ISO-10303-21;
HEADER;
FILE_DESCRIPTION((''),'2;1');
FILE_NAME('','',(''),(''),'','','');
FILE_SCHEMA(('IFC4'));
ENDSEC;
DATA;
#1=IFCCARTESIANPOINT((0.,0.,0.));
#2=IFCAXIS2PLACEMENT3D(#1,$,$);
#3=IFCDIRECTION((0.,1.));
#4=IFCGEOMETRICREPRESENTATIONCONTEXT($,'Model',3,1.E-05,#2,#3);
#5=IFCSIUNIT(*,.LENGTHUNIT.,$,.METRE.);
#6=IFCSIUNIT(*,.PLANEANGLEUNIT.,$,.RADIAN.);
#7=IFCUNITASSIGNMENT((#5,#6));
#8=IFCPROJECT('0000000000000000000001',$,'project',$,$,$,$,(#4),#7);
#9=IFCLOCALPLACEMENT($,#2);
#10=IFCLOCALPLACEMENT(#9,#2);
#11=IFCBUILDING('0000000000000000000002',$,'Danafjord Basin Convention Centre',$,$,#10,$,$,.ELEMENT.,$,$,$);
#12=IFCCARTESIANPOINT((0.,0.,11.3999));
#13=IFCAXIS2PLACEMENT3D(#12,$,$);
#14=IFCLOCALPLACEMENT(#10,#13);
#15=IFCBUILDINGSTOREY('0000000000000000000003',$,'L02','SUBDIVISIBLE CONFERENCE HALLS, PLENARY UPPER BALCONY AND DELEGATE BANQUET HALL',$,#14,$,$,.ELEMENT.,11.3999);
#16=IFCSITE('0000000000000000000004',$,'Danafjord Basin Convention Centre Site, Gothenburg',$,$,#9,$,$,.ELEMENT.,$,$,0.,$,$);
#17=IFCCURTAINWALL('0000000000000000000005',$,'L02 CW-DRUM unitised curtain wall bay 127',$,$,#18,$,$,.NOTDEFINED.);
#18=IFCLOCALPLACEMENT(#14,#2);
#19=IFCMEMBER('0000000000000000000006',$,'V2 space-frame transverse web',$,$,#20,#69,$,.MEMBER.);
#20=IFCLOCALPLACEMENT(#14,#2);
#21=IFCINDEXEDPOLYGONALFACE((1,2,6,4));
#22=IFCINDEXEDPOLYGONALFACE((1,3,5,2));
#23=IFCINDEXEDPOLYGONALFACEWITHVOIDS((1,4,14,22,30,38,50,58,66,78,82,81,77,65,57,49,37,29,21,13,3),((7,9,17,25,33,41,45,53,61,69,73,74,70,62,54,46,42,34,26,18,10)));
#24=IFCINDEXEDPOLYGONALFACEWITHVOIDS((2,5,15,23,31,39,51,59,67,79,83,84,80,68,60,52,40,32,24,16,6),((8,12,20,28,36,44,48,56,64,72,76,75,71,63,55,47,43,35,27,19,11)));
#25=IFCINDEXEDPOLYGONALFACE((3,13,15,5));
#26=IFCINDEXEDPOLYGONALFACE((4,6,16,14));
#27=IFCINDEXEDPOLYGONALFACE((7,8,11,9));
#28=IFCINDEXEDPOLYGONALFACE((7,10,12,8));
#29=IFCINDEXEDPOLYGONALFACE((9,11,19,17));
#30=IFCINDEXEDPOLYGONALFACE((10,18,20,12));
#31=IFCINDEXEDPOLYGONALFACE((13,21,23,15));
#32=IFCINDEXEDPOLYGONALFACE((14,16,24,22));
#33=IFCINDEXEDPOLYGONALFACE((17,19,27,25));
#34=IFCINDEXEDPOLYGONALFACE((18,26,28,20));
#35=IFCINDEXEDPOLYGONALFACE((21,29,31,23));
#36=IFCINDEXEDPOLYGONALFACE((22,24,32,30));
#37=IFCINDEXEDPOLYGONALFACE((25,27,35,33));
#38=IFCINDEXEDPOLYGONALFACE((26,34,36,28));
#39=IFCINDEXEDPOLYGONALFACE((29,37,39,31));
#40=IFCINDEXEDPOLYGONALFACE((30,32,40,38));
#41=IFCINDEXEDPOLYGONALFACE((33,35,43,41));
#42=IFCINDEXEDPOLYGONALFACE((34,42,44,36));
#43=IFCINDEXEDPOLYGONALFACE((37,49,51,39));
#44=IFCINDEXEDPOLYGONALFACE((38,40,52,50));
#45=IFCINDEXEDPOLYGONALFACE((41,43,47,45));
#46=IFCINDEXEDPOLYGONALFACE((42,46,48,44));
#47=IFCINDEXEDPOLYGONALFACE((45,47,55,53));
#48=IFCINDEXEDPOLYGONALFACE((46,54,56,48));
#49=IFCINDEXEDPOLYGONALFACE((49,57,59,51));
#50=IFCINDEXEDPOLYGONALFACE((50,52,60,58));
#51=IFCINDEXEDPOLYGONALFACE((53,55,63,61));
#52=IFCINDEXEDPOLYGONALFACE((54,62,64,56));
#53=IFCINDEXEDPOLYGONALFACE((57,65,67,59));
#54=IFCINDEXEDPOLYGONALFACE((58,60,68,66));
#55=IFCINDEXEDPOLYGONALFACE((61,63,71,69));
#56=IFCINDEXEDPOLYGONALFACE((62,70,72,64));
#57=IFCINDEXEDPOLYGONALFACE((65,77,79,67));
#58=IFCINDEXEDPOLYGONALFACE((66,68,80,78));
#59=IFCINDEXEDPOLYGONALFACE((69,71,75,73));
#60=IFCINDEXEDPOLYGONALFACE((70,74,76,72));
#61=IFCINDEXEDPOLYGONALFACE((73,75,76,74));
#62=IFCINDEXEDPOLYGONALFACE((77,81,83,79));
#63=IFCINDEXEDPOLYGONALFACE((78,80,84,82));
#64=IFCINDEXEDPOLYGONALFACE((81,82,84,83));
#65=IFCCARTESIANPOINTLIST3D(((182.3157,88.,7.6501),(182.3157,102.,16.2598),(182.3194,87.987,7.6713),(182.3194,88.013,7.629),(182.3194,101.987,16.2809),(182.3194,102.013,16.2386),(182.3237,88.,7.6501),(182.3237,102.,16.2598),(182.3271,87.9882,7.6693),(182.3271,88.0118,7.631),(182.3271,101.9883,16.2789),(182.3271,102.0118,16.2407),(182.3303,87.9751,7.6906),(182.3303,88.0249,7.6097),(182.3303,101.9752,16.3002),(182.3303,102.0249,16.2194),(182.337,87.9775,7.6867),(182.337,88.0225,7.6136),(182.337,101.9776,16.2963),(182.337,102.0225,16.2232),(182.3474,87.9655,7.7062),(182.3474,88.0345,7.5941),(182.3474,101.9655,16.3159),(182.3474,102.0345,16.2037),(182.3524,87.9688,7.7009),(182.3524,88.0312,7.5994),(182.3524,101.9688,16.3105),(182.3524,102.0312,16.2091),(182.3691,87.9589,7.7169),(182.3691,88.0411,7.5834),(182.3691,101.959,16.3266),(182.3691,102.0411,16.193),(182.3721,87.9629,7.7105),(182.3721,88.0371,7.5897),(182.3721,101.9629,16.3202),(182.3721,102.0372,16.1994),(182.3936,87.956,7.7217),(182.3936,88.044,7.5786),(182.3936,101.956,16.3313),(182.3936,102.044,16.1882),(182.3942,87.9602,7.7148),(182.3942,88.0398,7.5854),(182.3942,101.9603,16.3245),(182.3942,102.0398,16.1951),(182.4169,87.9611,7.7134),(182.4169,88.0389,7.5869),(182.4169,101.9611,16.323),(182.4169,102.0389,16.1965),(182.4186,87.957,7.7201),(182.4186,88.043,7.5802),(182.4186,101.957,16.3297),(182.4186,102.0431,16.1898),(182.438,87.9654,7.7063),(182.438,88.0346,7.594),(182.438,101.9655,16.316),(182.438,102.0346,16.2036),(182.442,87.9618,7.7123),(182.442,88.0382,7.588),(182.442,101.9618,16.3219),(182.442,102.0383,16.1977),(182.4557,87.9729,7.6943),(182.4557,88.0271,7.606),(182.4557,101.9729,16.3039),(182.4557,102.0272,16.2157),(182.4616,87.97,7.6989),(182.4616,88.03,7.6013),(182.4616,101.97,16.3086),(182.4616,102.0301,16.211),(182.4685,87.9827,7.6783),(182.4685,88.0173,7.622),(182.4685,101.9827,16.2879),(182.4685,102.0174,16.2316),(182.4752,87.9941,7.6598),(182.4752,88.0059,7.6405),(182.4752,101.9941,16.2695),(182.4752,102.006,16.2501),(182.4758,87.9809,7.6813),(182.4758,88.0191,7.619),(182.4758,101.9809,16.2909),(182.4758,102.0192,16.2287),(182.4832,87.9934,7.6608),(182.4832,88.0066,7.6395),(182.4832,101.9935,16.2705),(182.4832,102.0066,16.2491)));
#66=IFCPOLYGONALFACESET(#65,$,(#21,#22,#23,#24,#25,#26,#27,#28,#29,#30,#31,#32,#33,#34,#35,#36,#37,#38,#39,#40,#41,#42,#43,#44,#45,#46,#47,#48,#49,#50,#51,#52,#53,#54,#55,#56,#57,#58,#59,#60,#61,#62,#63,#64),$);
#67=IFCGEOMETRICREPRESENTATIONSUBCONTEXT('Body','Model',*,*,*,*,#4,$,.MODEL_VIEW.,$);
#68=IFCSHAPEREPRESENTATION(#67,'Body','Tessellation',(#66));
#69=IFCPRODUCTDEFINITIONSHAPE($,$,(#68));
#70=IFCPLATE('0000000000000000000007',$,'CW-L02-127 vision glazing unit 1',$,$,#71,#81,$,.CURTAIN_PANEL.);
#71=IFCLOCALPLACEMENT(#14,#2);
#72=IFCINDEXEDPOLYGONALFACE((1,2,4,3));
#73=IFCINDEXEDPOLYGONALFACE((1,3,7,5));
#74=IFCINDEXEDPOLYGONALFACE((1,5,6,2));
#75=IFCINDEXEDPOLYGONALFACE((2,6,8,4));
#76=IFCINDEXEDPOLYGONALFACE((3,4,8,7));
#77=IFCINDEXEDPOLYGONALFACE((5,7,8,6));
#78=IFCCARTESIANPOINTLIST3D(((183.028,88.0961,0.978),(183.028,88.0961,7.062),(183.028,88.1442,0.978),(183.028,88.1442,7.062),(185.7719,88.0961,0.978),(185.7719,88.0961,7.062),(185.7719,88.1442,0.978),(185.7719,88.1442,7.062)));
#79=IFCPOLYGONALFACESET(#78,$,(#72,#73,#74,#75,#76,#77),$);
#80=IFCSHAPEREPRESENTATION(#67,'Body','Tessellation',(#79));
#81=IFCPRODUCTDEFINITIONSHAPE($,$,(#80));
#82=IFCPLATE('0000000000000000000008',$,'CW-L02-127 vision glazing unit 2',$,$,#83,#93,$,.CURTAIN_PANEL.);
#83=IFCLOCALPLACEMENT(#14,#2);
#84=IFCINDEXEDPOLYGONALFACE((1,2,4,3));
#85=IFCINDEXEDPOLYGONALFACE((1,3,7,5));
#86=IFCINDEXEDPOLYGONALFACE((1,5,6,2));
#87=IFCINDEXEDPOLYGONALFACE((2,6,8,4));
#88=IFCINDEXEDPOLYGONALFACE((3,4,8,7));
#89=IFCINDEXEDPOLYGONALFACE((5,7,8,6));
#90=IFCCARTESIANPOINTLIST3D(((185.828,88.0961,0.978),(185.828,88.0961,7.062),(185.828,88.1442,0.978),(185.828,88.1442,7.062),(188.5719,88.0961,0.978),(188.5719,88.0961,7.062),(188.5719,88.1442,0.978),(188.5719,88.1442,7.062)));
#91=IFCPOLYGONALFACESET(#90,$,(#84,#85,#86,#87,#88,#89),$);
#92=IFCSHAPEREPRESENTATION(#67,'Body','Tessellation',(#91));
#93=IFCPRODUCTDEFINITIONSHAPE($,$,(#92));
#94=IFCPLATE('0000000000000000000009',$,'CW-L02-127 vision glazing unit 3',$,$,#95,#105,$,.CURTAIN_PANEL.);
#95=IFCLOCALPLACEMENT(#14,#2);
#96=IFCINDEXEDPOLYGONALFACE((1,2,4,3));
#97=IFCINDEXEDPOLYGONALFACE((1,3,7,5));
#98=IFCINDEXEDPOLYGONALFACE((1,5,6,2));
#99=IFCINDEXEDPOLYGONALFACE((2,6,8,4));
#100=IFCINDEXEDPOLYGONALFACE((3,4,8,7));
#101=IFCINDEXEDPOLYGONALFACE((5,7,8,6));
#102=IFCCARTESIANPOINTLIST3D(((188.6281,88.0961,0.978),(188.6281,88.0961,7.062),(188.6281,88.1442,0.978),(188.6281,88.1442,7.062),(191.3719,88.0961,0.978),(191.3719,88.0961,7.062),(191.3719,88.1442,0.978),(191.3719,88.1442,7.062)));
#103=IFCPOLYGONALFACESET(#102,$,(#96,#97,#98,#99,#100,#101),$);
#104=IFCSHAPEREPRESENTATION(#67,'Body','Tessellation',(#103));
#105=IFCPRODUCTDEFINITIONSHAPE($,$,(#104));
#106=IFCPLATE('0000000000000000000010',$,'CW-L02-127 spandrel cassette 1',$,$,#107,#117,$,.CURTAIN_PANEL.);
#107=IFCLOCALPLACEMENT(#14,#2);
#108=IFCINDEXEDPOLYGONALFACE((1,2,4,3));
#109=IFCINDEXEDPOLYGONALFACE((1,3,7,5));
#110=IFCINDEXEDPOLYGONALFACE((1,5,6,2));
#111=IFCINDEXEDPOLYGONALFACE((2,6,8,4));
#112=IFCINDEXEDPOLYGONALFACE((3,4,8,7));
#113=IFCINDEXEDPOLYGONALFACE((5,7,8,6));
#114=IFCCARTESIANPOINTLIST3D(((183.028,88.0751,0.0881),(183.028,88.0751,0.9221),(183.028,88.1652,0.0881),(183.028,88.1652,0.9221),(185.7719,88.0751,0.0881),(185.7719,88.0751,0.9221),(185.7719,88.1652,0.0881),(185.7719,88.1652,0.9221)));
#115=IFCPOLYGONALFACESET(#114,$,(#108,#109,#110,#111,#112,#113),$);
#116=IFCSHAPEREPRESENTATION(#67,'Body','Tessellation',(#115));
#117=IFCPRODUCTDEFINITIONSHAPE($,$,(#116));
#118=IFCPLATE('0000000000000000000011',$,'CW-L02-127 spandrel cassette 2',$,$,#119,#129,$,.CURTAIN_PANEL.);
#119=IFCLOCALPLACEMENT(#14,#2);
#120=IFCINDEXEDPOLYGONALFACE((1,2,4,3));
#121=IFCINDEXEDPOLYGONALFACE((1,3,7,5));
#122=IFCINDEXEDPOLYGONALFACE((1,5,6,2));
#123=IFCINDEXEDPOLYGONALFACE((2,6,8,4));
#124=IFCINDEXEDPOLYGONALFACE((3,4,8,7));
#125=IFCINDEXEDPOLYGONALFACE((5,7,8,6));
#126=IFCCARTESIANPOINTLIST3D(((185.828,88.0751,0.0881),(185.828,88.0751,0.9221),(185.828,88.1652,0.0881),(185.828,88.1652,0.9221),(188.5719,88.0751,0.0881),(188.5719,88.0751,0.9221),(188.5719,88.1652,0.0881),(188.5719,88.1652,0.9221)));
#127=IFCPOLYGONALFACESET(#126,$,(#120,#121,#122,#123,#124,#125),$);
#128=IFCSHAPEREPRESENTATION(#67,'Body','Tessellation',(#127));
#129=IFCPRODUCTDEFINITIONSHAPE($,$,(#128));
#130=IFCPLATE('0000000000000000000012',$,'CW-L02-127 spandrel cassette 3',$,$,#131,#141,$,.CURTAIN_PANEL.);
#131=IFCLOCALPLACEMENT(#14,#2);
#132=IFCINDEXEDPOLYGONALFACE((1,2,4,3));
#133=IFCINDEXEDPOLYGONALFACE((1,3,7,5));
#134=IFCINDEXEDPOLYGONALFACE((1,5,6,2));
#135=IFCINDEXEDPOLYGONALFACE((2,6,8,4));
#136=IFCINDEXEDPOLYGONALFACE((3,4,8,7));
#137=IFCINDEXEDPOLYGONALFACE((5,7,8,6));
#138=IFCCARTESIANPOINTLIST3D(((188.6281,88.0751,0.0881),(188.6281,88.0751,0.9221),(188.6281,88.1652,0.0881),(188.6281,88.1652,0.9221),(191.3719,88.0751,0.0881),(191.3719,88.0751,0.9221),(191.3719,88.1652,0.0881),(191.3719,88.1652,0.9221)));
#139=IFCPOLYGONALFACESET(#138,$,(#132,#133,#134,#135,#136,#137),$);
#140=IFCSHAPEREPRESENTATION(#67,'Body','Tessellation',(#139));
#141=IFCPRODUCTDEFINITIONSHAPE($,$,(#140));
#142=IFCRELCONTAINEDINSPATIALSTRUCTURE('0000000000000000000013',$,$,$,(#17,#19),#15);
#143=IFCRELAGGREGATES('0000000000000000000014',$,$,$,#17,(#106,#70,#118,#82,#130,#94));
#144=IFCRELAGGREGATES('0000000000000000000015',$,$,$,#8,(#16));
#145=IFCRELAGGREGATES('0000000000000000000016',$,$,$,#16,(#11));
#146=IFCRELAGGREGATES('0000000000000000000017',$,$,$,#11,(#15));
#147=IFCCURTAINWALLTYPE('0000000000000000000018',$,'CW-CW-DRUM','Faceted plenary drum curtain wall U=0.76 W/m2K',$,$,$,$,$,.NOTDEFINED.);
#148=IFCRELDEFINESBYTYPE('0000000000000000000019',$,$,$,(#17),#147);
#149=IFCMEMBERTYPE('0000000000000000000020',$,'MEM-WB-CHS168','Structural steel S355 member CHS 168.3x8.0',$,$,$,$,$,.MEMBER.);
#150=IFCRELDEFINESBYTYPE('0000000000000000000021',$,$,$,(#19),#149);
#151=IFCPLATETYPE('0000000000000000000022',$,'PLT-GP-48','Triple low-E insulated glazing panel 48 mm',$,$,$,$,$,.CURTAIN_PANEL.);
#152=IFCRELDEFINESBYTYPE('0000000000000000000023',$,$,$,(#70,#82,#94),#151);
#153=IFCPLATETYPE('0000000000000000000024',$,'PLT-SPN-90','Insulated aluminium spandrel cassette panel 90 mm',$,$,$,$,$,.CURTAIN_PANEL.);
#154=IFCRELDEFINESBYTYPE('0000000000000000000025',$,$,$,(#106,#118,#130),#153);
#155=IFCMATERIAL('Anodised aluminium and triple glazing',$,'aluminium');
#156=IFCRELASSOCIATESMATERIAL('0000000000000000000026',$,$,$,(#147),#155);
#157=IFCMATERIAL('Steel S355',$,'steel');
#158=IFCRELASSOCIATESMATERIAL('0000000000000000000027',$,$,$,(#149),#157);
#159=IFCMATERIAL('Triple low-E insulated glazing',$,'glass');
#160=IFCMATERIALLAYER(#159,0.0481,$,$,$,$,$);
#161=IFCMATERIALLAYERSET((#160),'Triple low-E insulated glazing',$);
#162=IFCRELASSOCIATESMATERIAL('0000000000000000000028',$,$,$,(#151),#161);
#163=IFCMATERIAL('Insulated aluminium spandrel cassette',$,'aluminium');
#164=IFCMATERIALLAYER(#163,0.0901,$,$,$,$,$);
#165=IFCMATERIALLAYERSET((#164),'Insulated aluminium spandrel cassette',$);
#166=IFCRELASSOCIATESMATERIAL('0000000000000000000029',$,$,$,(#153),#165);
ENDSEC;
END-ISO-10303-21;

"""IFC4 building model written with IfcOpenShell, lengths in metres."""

from ifc_helpers import new_model, si_unit, direction, frame, origin, origin_2d, place, context, subcontext, project, spatial, rectangle, hollow_circle, extrude, material, layer, layer_set, material_profile, profile_set, type_object, element, aggregate, save


model = new_model("IFC4")

# Units and contexts
model_context = context("Model", 3, precision=1e-05, world=origin(), true_north=direction((0.0, 1.0)))
body_context = subcontext(model_context, "Body", "Model", "MODEL_VIEW")
ifc_project = project(units=[si_unit("LENGTHUNIT", "METRE"), si_unit("PLANEANGLEUNIT", "RADIAN")], contexts=[model_context])

# Site, building, storey
site_placement = place(None, origin())
site = spatial("IfcSite", under=ifc_project, at=site_placement, Name="Danafjord Basin Convention Centre Site, Gothenburg", CompositionType="ELEMENT", RefElevation=0.0)
building_placement = place(site_placement, origin())
building = spatial("IfcBuilding", under=site, at=building_placement, Name="Danafjord Basin Convention Centre", CompositionType="ELEMENT")
storey_placement = place(building_placement, frame((0.0, 0.0, 11.3999)))
storey = spatial("IfcBuildingStorey", under=building, at=storey_placement, Name="L02", Description="SUBDIVISIBLE CONFERENCE HALLS, PLENARY UPPER BALCONY AND DELEGATE BANQUET HALL", CompositionType="ELEMENT", Elevation=11.3999)

# Shared definitions
ifc_material_1 = material(Name="Steel S355", Category="steel")

# Curtain wall
ifc_material_2 = material(Name="Anodised aluminium and triple glazing", Category="aluminium")
curtain_wall_type = type_object("IfcCurtainWallType", Name="CW-CW-DRUM", Description="Faceted plenary drum curtain wall U=0.76 W/m2K", PredefinedType="NOTDEFINED", material=ifc_material_2)
curtain_wall_placement = place(storey_placement, origin())
curtain_wall = element("IfcCurtainWall", 1, at=curtain_wall_placement, inside=storey, type_object=curtain_wall_type, Name="L02 CW-DRUM unitised curtain wall bay 127", PredefinedType="NOTDEFINED")

# Member
ifc_material_profile_1 = material_profile(ifc_material_1, hollow_circle(Radius=0.0842, WallThickness=0.0081, at=origin_2d()), Name="CHS 168.3x8.0")
ifc_profile_set_1 = profile_set([ifc_material_profile_1], Name="Steel S355")
member_type_1 = type_object("IfcMemberType", Name="MEM-WB-CHS168", Description="Structural steel S355 member CHS 168.3x8.0", PredefinedType="MEMBER", material=ifc_profile_set_1)
member_1_placement = place(storey_placement, frame((182.3999, 88.0, 7.6501), z_axis=(0.0, 0.851815, 0.523843), x_axis=(-1.0, 0.0, 0.0)))
element("IfcMember", 2, at=member_1_placement, inside=storey, type_object=member_type_1, Name="V2 space-frame transverse web", PredefinedType="MEMBER", context=body_context, shape_type="SweptSolid", body=[
    extrude(hollow_circle(Radius=0.0842, WallThickness=0.0081, at=origin_2d()), origin(), (0.0, 0.0, 1.0), 16.4355),
])

# Plates
ifc_material_3 = material(Name="Triple low-E insulated glazing", Category="glass")
ifc_layer_1 = layer(ifc_material_3, 0.0481)
ifc_layer_set_1 = layer_set([ifc_layer_1], Name="Triple low-E insulated glazing")
plate_type_1 = type_object("IfcPlateType", Name="PLT-GP-48", Description="Triple low-E insulated glazing panel 48 mm", PredefinedType="CURTAIN_PANEL", material=ifc_layer_set_1)
plate_1_placement = place(storey_placement, frame((184.3999, 88.1201, 0.978), z_axis=(0.0, 0.0, 1.0), x_axis=(1.0, 0.0, 0.0)))
plate_1 = element("IfcPlate", 3, at=plate_1_placement, type_object=plate_type_1, Name="CW-L02-127 vision glazing unit 1", PredefinedType="CURTAIN_PANEL", context=body_context, shape_type="SweptSolid", body=[
    extrude(rectangle(XDim=2.7439, YDim=0.0481, at=origin_2d()), origin(), (0.0, 0.0, 1.0), 6.084),
])
plate_2_placement = place(storey_placement, frame((187.2, 88.1201, 0.978), z_axis=(0.0, 0.0, 1.0), x_axis=(1.0, 0.0, 0.0)))
plate_2 = element("IfcPlate", 4, at=plate_2_placement, type_object=plate_type_1, Name="CW-L02-127 vision glazing unit 2", PredefinedType="CURTAIN_PANEL", context=body_context, shape_type="SweptSolid", body=[
    extrude(rectangle(XDim=2.7439, YDim=0.0481, at=origin_2d()), origin(), (0.0, 0.0, 1.0), 6.084),
])
plate_3_placement = place(storey_placement, frame((190.0, 88.1201, 0.978), z_axis=(0.0, 0.0, 1.0), x_axis=(1.0, 0.0, 0.0)))
plate_3 = element("IfcPlate", 5, at=plate_3_placement, type_object=plate_type_1, Name="CW-L02-127 vision glazing unit 3", PredefinedType="CURTAIN_PANEL", context=body_context, shape_type="SweptSolid", body=[
    extrude(rectangle(XDim=2.7439, YDim=0.0481, at=origin_2d()), origin(), (0.0, 0.0, 1.0), 6.084),
])
ifc_material_4 = material(Name="Insulated aluminium spandrel cassette", Category="aluminium")
ifc_layer_2 = layer(ifc_material_4, 0.0901)
ifc_layer_set_2 = layer_set([ifc_layer_2], Name="Insulated aluminium spandrel cassette")
plate_type_2 = type_object("IfcPlateType", Name="PLT-SPN-90", Description="Insulated aluminium spandrel cassette panel 90 mm", PredefinedType="CURTAIN_PANEL", material=ifc_layer_set_2)
plate_4_placement = place(storey_placement, frame((184.3999, 88.1201, 0.0881), z_axis=(0.0, 0.0, 1.0), x_axis=(1.0, 0.0, 0.0)))
plate_4 = element("IfcPlate", 6, at=plate_4_placement, type_object=plate_type_2, Name="CW-L02-127 spandrel cassette 1", PredefinedType="CURTAIN_PANEL", context=body_context, shape_type="SweptSolid", body=[
    extrude(rectangle(XDim=2.7439, YDim=0.0901, at=origin_2d()), origin(), (0.0, 0.0, 1.0), 0.834),
])
plate_5_placement = place(storey_placement, frame((187.2, 88.1201, 0.0881), z_axis=(0.0, 0.0, 1.0), x_axis=(1.0, 0.0, 0.0)))
plate_5 = element("IfcPlate", 7, at=plate_5_placement, type_object=plate_type_2, Name="CW-L02-127 spandrel cassette 2", PredefinedType="CURTAIN_PANEL", context=body_context, shape_type="SweptSolid", body=[
    extrude(rectangle(XDim=2.7439, YDim=0.0901, at=origin_2d()), origin(), (0.0, 0.0, 1.0), 0.834),
])
plate_6_placement = place(storey_placement, frame((190.0, 88.1201, 0.0881), z_axis=(0.0, 0.0, 1.0), x_axis=(1.0, 0.0, 0.0)))
plate_6 = element("IfcPlate", 8, at=plate_6_placement, type_object=plate_type_2, Name="CW-L02-127 spandrel cassette 3", PredefinedType="CURTAIN_PANEL", context=body_context, shape_type="SweptSolid", body=[
    extrude(rectangle(XDim=2.7439, YDim=0.0901, at=origin_2d()), origin(), (0.0, 0.0, 1.0), 0.834),
])
aggregate(curtain_wall, [plate_4, plate_1, plate_5, plate_2, plate_6, plate_3])

save(model, "model.ifc")
